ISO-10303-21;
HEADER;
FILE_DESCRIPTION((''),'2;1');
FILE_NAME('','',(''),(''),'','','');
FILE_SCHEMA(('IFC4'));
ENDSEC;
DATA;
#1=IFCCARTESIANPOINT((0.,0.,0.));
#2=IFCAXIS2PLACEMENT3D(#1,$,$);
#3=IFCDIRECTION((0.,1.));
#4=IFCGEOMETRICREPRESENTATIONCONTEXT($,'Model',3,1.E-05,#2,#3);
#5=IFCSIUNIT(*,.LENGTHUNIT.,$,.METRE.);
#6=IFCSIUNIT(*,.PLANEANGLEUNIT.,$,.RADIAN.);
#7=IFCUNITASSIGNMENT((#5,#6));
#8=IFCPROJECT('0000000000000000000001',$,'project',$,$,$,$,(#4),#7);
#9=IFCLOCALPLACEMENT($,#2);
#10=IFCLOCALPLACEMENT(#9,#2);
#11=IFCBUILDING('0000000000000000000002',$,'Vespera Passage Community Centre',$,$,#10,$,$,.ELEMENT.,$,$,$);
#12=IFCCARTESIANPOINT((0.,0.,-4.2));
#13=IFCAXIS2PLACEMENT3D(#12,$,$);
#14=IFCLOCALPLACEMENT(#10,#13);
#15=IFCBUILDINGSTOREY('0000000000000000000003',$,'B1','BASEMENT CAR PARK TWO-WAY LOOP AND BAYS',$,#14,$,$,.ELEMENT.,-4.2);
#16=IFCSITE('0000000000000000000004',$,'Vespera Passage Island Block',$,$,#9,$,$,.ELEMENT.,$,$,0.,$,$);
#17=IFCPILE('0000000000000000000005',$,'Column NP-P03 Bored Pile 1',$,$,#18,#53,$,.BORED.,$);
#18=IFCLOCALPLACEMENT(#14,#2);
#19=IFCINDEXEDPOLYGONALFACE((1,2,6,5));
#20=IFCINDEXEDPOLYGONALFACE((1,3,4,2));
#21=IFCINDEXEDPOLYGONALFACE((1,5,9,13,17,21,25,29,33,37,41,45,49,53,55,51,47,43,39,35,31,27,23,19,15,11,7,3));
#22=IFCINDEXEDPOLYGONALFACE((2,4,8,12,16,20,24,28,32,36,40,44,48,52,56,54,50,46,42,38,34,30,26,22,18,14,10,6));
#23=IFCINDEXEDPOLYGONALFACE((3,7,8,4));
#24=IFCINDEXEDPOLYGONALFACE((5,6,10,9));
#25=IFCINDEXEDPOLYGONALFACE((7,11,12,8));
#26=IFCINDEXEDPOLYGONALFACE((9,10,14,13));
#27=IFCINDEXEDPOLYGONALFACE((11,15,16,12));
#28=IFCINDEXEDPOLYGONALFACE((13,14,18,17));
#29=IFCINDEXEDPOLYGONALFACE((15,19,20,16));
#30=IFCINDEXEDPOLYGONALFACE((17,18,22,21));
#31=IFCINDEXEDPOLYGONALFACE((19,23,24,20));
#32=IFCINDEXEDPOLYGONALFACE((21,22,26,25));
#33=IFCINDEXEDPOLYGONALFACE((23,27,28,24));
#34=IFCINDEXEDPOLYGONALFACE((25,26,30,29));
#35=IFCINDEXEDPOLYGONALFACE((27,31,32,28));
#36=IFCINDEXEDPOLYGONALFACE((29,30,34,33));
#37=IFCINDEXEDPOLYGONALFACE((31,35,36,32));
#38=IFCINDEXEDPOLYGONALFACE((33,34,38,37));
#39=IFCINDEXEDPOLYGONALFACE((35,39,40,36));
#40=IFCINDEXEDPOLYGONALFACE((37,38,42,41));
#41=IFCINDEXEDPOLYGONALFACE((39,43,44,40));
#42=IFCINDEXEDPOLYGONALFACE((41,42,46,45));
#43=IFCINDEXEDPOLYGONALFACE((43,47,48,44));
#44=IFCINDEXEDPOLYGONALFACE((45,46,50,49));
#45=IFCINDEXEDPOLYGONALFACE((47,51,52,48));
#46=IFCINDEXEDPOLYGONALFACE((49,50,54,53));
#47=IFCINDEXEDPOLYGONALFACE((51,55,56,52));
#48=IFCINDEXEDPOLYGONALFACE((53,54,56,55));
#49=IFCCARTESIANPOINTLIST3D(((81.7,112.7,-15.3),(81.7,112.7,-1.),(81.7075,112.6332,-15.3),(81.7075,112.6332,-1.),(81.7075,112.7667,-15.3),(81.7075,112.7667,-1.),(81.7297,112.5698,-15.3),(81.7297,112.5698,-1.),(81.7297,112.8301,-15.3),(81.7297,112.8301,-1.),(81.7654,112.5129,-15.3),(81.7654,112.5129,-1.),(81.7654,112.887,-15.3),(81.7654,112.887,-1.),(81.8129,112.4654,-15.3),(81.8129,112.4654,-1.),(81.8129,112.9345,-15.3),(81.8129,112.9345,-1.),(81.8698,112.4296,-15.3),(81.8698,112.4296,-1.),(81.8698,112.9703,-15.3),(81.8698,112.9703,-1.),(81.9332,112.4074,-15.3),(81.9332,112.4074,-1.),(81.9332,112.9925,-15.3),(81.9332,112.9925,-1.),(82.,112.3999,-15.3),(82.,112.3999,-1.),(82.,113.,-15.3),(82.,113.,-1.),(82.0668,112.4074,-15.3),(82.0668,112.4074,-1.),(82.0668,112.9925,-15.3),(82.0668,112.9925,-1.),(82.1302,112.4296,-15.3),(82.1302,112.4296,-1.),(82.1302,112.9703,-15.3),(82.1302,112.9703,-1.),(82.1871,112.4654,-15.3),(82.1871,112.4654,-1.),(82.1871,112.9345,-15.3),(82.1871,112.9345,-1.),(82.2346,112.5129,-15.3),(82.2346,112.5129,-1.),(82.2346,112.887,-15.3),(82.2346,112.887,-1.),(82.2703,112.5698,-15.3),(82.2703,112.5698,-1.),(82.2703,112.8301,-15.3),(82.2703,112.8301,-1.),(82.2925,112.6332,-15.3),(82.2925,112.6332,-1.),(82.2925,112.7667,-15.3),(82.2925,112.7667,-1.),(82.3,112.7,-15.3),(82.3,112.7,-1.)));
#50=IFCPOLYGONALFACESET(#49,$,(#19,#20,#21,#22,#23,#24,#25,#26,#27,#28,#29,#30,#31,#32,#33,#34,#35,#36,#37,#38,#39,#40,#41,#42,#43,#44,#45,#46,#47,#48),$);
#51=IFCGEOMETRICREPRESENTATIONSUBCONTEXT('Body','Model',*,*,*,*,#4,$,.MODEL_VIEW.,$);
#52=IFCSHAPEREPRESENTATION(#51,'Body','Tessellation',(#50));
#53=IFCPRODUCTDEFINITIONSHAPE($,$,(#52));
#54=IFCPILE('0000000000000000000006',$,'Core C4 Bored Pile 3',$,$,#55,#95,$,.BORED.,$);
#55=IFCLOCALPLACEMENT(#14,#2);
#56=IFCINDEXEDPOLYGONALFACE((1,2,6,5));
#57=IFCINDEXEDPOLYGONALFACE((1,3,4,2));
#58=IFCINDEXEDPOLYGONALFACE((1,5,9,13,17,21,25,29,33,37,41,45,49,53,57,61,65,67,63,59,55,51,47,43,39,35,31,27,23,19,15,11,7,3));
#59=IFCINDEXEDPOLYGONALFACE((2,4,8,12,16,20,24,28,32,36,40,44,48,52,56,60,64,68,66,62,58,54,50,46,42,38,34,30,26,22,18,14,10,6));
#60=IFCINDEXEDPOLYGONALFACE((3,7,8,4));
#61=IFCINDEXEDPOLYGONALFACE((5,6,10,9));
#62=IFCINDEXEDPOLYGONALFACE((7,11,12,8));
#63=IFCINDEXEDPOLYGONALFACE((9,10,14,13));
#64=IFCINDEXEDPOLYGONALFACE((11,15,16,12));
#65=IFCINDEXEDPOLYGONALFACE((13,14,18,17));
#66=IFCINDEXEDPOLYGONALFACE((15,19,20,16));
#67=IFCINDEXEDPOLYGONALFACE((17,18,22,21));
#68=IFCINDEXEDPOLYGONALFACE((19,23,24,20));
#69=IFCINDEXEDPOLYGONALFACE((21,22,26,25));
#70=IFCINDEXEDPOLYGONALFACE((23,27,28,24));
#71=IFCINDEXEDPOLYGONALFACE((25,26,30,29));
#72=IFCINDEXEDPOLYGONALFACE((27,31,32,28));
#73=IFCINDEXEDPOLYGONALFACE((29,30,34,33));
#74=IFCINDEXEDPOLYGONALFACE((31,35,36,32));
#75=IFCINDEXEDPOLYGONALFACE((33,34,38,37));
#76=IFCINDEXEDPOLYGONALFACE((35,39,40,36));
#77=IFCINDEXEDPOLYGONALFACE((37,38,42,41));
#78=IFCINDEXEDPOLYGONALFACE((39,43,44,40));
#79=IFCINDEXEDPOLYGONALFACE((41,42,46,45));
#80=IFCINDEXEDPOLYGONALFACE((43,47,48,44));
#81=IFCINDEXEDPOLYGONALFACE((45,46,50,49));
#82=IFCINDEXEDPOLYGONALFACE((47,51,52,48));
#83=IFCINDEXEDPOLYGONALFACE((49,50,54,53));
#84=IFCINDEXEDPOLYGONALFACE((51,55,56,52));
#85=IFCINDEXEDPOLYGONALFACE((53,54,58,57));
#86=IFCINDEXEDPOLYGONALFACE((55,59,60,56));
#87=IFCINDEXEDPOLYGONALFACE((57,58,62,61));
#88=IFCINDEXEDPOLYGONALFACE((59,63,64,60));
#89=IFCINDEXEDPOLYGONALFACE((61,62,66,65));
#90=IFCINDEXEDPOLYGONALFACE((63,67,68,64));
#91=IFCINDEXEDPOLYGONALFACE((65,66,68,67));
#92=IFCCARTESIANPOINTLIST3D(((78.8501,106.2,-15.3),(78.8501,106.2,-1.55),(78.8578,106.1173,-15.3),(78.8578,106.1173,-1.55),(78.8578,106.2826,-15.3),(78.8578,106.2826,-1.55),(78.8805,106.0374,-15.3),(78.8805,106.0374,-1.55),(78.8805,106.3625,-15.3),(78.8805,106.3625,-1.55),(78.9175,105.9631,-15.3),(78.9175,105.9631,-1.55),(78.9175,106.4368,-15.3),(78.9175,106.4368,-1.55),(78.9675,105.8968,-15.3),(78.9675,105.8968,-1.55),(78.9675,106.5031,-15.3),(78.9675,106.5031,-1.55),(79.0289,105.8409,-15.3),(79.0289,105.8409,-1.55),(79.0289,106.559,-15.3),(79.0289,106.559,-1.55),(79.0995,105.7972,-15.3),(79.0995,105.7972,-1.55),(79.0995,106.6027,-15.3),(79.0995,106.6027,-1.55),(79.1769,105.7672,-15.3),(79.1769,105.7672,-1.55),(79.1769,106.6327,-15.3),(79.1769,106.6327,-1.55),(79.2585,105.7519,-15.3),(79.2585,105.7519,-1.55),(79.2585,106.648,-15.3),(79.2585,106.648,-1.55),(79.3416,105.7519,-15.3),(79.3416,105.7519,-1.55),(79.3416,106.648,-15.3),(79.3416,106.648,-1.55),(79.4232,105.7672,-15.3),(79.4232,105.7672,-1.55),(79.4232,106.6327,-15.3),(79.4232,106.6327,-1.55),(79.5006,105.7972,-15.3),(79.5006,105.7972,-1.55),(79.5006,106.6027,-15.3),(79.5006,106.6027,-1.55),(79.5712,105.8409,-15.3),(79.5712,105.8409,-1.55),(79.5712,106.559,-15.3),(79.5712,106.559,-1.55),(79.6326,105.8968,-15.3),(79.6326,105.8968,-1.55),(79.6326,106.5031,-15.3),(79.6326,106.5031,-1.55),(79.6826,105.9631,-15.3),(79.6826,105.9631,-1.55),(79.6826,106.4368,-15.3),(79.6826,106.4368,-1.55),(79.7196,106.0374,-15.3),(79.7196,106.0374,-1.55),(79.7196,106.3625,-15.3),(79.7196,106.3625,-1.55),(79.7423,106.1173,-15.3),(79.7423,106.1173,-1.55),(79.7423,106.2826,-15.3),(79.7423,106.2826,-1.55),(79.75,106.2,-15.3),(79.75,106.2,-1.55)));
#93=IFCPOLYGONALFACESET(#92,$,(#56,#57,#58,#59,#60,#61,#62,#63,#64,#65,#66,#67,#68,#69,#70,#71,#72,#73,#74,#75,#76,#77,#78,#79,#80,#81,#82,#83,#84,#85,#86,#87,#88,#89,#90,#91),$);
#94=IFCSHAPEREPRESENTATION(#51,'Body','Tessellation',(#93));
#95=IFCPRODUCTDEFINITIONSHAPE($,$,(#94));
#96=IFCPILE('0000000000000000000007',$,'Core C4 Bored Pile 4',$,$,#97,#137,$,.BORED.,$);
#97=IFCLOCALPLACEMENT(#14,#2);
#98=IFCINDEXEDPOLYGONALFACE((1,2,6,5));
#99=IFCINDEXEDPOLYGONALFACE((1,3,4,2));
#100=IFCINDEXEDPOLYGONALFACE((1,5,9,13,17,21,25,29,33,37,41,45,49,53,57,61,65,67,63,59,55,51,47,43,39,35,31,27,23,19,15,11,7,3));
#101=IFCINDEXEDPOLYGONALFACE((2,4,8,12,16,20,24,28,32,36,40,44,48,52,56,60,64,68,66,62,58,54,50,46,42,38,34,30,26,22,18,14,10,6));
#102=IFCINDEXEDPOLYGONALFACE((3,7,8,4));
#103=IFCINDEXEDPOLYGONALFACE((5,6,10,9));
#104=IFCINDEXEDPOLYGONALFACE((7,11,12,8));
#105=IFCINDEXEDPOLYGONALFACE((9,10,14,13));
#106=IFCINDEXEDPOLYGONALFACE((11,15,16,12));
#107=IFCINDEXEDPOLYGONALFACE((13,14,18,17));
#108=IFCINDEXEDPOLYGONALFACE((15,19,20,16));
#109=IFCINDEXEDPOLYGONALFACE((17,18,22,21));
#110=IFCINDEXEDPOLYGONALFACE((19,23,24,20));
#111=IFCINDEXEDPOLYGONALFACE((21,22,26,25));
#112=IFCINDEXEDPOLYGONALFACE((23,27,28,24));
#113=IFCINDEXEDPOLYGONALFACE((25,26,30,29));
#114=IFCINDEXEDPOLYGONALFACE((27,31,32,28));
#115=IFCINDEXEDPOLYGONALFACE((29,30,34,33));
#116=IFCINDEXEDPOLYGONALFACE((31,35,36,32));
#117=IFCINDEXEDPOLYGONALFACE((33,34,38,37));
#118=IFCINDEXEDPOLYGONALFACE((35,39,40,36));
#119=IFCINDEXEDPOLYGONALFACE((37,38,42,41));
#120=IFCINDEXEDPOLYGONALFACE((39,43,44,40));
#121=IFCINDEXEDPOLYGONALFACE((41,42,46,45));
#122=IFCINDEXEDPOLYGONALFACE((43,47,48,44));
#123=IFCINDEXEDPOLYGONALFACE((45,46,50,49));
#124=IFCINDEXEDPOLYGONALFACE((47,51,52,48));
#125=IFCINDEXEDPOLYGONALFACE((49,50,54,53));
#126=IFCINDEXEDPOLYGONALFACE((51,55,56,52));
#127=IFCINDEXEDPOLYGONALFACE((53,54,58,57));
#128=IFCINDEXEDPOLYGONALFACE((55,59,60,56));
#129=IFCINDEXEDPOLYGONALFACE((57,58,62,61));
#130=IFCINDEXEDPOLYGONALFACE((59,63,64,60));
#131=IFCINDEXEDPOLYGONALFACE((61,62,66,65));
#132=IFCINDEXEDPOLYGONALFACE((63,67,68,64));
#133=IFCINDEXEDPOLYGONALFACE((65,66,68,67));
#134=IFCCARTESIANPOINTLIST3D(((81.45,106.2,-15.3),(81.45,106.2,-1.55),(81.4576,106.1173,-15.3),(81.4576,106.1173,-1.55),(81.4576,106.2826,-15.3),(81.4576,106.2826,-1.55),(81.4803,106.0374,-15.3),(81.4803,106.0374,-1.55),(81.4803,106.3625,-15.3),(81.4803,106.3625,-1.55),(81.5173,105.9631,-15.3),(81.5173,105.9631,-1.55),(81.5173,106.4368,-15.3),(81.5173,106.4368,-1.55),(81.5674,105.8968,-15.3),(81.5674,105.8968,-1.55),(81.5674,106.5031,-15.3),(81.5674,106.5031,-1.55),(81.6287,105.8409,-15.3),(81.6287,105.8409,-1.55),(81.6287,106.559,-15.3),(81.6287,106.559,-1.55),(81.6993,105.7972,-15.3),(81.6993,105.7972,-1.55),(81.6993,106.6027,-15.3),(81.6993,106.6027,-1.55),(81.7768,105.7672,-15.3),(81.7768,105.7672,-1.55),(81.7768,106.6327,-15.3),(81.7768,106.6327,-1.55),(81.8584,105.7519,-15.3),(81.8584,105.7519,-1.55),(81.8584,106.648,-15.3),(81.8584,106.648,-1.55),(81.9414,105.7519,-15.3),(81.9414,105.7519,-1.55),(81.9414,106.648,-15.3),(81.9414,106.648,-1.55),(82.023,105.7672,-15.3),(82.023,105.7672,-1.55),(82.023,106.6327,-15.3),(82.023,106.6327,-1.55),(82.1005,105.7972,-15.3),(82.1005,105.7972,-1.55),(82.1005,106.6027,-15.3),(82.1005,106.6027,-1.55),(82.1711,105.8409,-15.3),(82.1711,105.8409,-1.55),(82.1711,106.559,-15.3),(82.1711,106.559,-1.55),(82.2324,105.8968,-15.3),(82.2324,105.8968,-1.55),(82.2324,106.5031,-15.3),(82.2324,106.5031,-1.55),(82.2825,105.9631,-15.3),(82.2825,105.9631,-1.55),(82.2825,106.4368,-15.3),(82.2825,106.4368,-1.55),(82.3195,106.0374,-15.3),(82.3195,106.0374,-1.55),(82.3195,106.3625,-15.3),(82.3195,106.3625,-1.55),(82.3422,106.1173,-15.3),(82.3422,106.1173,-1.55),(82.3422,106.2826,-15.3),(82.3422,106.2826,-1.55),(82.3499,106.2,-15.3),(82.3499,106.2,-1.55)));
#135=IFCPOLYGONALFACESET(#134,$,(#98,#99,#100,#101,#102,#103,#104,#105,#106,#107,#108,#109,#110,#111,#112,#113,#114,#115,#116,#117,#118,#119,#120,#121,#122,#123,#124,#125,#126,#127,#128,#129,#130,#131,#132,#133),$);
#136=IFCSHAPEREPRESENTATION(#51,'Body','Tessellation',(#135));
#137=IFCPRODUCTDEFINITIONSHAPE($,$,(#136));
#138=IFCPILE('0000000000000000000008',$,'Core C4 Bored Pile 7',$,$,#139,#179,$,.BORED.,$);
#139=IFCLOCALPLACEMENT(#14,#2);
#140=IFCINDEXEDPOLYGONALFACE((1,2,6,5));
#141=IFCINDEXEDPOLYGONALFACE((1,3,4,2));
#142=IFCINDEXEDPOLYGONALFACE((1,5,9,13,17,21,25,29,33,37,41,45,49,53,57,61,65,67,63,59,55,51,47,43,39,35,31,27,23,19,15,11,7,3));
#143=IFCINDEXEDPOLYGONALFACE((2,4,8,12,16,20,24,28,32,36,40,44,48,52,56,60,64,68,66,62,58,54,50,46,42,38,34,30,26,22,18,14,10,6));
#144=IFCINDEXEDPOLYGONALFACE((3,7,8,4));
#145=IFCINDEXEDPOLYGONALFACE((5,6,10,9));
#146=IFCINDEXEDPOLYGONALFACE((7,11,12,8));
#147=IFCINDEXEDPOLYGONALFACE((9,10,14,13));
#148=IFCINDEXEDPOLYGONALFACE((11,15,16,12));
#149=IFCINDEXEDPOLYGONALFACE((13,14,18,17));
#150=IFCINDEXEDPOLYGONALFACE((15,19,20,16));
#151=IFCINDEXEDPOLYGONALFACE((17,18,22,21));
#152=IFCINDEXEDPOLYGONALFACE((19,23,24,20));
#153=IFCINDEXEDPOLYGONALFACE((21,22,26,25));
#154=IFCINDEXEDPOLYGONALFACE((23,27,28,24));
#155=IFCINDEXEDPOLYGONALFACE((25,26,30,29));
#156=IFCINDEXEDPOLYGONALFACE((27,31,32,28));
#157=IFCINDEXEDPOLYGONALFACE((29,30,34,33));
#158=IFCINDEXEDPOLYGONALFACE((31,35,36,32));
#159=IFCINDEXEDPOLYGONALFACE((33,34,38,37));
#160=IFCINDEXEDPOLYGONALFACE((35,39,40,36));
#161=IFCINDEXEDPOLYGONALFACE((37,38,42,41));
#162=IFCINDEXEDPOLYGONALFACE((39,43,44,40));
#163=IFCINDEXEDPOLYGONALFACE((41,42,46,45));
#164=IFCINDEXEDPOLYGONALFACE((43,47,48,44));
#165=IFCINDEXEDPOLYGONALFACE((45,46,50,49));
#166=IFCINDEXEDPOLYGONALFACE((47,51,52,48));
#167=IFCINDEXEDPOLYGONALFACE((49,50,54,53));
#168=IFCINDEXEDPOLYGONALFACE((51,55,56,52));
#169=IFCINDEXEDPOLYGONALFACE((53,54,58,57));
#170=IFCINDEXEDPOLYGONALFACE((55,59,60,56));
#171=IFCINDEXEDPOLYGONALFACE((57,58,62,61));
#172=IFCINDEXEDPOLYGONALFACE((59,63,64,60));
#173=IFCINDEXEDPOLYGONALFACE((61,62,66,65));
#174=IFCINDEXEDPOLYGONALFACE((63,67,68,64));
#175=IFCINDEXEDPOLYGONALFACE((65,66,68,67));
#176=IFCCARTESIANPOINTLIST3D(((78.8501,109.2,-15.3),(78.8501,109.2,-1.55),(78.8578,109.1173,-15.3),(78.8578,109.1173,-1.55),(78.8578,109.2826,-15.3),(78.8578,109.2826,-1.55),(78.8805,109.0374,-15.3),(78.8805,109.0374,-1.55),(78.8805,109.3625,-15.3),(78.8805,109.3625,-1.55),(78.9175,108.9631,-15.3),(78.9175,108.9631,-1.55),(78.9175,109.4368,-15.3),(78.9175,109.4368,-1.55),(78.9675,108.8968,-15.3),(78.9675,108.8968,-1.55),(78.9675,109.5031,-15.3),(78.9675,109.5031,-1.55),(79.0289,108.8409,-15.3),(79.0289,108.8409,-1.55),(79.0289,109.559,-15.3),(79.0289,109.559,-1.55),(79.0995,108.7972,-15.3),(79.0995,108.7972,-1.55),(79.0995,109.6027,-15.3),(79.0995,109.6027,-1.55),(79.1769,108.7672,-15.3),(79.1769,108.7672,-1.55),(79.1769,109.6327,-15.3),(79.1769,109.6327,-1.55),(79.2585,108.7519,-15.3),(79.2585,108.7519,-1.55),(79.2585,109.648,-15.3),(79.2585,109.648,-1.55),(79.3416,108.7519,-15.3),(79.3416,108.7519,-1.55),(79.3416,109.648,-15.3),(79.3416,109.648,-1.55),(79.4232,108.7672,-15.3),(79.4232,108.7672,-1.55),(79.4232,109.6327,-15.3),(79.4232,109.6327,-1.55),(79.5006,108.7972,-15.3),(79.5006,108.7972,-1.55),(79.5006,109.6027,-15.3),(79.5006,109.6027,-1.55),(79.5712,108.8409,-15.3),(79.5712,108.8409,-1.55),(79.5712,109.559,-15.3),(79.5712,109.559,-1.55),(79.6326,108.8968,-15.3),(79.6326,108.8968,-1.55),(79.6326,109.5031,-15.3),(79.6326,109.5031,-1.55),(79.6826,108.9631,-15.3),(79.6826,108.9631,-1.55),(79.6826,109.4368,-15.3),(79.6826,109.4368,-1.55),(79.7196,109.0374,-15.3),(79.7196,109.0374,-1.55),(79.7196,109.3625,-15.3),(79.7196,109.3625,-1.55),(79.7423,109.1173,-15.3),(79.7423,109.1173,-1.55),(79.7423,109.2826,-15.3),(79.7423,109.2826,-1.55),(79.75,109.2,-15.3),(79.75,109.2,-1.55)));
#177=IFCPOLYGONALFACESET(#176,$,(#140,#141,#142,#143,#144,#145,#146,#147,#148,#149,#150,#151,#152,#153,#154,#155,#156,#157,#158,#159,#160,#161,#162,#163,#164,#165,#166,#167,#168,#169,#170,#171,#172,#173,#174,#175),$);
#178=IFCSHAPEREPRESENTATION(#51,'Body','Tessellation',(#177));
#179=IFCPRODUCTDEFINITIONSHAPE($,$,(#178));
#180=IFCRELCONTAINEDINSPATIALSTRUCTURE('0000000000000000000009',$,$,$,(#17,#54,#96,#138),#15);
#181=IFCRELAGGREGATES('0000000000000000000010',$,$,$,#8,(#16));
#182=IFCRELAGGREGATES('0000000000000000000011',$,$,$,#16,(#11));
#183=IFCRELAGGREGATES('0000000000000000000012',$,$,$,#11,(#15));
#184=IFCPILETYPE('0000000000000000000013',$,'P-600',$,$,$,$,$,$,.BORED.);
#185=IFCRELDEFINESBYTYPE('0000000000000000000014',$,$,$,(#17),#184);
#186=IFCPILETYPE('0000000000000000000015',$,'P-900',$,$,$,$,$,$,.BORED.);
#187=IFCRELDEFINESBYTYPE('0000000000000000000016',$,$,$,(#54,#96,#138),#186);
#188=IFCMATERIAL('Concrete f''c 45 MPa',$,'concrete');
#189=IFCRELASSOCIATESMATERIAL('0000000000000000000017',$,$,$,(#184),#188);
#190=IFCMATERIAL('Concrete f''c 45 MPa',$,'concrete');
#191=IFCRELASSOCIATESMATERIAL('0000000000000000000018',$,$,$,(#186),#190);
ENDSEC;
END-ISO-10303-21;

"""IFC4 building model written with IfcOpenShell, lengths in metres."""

from ifc_helpers import new_model, si_unit, direction, frame, origin, origin_2d, place, context, subcontext, project, spatial, circle, extrude, material, material_profile, profile_set, type_object, element, save


model = new_model("IFC4")

# Units and contexts
model_context = context("Model", 3, precision=1e-05, world=origin(), true_north=direction((0.0, 1.0)))
body_context = subcontext(model_context, "Body", "Model", "MODEL_VIEW")
ifc_project = project(units=[si_unit("LENGTHUNIT", "METRE"), si_unit("PLANEANGLEUNIT", "RADIAN")], contexts=[model_context])

# Site, building, storey
site_placement = place(None, origin())
site = spatial("IfcSite", under=ifc_project, at=site_placement, Name="Vespera Passage Island Block", CompositionType="ELEMENT", RefElevation=0.0)
building_placement = place(site_placement, origin())
building = spatial("IfcBuilding", under=site, at=building_placement, Name="Vespera Passage Community Centre", CompositionType="ELEMENT")
storey_placement = place(building_placement, frame((0.0, 0.0, -4.2)))
storey = spatial("IfcBuildingStorey", under=building, at=storey_placement, Name="B1", Description="BASEMENT CAR PARK TWO-WAY LOOP AND BAYS", CompositionType="ELEMENT", Elevation=-4.2)

# Piles
ifc_material_1 = material(Name="Concrete f'c 45 MPa", Category="concrete")
ifc_material_profile_1 = material_profile(ifc_material_1, circle(Radius=0.3, at=origin_2d()), Name="PILE600DIA")
ifc_profile_set_1 = profile_set([ifc_material_profile_1], Name="Concrete f'c 45 MPa")
pile_type_1 = type_object("IfcPileType", Name="P-600", PredefinedType="BORED", material=ifc_profile_set_1)
pile_1_placement = place(storey_placement, frame((82.0, 112.7, -1.0), z_axis=(0.0, 0.0, -1.0), x_axis=(1.0, 0.0, 0.0)))
element("IfcPile", 1, at=pile_1_placement, inside=storey, type_object=pile_type_1, Name="Column NP-P03 Bored Pile 1", PredefinedType="BORED", context=body_context, shape_type="SweptSolid", body=[
    extrude(circle(Radius=0.3, at=origin_2d()), origin(), (0.0, 0.0, 1.0), 14.3),
])
ifc_material_2 = material(Name="Concrete f'c 45 MPa", Category="concrete")
ifc_material_profile_2 = material_profile(ifc_material_2, circle(Radius=0.45, at=origin_2d()), Name="PILE900DIA")
ifc_profile_set_2 = profile_set([ifc_material_profile_2], Name="Concrete f'c 45 MPa")
pile_type_2 = type_object("IfcPileType", Name="P-900", PredefinedType="BORED", material=ifc_profile_set_2)
for number, where, z_axis, x_axis, name in (
    (2, (79.3, 106.2, -1.55), (0.0, 0.0, -1.0), (1.0, 0.0, 0.0), "Core C4 Bored Pile 3"),
    (3, (81.8999, 106.2, -1.55), (0.0, 0.0, -1.0), (1.0, 0.0, 0.0), "Core C4 Bored Pile 4"),
    (4, (79.3, 109.2, -1.55), (0.0, 0.0, -1.0), (1.0, 0.0, 0.0), "Core C4 Bored Pile 7"),
):
    element("IfcPile", number, at=place(storey_placement, frame(where, z_axis=z_axis, x_axis=x_axis)), inside=storey, type_object=pile_type_2, Name=name, PredefinedType="BORED", context=body_context, shape_type="SweptSolid", body=[
        extrude(circle(Radius=0.45, at=origin_2d()), origin(), (0.0, 0.0, 1.0), 13.75),
    ])

save(model, "model.ifc")
